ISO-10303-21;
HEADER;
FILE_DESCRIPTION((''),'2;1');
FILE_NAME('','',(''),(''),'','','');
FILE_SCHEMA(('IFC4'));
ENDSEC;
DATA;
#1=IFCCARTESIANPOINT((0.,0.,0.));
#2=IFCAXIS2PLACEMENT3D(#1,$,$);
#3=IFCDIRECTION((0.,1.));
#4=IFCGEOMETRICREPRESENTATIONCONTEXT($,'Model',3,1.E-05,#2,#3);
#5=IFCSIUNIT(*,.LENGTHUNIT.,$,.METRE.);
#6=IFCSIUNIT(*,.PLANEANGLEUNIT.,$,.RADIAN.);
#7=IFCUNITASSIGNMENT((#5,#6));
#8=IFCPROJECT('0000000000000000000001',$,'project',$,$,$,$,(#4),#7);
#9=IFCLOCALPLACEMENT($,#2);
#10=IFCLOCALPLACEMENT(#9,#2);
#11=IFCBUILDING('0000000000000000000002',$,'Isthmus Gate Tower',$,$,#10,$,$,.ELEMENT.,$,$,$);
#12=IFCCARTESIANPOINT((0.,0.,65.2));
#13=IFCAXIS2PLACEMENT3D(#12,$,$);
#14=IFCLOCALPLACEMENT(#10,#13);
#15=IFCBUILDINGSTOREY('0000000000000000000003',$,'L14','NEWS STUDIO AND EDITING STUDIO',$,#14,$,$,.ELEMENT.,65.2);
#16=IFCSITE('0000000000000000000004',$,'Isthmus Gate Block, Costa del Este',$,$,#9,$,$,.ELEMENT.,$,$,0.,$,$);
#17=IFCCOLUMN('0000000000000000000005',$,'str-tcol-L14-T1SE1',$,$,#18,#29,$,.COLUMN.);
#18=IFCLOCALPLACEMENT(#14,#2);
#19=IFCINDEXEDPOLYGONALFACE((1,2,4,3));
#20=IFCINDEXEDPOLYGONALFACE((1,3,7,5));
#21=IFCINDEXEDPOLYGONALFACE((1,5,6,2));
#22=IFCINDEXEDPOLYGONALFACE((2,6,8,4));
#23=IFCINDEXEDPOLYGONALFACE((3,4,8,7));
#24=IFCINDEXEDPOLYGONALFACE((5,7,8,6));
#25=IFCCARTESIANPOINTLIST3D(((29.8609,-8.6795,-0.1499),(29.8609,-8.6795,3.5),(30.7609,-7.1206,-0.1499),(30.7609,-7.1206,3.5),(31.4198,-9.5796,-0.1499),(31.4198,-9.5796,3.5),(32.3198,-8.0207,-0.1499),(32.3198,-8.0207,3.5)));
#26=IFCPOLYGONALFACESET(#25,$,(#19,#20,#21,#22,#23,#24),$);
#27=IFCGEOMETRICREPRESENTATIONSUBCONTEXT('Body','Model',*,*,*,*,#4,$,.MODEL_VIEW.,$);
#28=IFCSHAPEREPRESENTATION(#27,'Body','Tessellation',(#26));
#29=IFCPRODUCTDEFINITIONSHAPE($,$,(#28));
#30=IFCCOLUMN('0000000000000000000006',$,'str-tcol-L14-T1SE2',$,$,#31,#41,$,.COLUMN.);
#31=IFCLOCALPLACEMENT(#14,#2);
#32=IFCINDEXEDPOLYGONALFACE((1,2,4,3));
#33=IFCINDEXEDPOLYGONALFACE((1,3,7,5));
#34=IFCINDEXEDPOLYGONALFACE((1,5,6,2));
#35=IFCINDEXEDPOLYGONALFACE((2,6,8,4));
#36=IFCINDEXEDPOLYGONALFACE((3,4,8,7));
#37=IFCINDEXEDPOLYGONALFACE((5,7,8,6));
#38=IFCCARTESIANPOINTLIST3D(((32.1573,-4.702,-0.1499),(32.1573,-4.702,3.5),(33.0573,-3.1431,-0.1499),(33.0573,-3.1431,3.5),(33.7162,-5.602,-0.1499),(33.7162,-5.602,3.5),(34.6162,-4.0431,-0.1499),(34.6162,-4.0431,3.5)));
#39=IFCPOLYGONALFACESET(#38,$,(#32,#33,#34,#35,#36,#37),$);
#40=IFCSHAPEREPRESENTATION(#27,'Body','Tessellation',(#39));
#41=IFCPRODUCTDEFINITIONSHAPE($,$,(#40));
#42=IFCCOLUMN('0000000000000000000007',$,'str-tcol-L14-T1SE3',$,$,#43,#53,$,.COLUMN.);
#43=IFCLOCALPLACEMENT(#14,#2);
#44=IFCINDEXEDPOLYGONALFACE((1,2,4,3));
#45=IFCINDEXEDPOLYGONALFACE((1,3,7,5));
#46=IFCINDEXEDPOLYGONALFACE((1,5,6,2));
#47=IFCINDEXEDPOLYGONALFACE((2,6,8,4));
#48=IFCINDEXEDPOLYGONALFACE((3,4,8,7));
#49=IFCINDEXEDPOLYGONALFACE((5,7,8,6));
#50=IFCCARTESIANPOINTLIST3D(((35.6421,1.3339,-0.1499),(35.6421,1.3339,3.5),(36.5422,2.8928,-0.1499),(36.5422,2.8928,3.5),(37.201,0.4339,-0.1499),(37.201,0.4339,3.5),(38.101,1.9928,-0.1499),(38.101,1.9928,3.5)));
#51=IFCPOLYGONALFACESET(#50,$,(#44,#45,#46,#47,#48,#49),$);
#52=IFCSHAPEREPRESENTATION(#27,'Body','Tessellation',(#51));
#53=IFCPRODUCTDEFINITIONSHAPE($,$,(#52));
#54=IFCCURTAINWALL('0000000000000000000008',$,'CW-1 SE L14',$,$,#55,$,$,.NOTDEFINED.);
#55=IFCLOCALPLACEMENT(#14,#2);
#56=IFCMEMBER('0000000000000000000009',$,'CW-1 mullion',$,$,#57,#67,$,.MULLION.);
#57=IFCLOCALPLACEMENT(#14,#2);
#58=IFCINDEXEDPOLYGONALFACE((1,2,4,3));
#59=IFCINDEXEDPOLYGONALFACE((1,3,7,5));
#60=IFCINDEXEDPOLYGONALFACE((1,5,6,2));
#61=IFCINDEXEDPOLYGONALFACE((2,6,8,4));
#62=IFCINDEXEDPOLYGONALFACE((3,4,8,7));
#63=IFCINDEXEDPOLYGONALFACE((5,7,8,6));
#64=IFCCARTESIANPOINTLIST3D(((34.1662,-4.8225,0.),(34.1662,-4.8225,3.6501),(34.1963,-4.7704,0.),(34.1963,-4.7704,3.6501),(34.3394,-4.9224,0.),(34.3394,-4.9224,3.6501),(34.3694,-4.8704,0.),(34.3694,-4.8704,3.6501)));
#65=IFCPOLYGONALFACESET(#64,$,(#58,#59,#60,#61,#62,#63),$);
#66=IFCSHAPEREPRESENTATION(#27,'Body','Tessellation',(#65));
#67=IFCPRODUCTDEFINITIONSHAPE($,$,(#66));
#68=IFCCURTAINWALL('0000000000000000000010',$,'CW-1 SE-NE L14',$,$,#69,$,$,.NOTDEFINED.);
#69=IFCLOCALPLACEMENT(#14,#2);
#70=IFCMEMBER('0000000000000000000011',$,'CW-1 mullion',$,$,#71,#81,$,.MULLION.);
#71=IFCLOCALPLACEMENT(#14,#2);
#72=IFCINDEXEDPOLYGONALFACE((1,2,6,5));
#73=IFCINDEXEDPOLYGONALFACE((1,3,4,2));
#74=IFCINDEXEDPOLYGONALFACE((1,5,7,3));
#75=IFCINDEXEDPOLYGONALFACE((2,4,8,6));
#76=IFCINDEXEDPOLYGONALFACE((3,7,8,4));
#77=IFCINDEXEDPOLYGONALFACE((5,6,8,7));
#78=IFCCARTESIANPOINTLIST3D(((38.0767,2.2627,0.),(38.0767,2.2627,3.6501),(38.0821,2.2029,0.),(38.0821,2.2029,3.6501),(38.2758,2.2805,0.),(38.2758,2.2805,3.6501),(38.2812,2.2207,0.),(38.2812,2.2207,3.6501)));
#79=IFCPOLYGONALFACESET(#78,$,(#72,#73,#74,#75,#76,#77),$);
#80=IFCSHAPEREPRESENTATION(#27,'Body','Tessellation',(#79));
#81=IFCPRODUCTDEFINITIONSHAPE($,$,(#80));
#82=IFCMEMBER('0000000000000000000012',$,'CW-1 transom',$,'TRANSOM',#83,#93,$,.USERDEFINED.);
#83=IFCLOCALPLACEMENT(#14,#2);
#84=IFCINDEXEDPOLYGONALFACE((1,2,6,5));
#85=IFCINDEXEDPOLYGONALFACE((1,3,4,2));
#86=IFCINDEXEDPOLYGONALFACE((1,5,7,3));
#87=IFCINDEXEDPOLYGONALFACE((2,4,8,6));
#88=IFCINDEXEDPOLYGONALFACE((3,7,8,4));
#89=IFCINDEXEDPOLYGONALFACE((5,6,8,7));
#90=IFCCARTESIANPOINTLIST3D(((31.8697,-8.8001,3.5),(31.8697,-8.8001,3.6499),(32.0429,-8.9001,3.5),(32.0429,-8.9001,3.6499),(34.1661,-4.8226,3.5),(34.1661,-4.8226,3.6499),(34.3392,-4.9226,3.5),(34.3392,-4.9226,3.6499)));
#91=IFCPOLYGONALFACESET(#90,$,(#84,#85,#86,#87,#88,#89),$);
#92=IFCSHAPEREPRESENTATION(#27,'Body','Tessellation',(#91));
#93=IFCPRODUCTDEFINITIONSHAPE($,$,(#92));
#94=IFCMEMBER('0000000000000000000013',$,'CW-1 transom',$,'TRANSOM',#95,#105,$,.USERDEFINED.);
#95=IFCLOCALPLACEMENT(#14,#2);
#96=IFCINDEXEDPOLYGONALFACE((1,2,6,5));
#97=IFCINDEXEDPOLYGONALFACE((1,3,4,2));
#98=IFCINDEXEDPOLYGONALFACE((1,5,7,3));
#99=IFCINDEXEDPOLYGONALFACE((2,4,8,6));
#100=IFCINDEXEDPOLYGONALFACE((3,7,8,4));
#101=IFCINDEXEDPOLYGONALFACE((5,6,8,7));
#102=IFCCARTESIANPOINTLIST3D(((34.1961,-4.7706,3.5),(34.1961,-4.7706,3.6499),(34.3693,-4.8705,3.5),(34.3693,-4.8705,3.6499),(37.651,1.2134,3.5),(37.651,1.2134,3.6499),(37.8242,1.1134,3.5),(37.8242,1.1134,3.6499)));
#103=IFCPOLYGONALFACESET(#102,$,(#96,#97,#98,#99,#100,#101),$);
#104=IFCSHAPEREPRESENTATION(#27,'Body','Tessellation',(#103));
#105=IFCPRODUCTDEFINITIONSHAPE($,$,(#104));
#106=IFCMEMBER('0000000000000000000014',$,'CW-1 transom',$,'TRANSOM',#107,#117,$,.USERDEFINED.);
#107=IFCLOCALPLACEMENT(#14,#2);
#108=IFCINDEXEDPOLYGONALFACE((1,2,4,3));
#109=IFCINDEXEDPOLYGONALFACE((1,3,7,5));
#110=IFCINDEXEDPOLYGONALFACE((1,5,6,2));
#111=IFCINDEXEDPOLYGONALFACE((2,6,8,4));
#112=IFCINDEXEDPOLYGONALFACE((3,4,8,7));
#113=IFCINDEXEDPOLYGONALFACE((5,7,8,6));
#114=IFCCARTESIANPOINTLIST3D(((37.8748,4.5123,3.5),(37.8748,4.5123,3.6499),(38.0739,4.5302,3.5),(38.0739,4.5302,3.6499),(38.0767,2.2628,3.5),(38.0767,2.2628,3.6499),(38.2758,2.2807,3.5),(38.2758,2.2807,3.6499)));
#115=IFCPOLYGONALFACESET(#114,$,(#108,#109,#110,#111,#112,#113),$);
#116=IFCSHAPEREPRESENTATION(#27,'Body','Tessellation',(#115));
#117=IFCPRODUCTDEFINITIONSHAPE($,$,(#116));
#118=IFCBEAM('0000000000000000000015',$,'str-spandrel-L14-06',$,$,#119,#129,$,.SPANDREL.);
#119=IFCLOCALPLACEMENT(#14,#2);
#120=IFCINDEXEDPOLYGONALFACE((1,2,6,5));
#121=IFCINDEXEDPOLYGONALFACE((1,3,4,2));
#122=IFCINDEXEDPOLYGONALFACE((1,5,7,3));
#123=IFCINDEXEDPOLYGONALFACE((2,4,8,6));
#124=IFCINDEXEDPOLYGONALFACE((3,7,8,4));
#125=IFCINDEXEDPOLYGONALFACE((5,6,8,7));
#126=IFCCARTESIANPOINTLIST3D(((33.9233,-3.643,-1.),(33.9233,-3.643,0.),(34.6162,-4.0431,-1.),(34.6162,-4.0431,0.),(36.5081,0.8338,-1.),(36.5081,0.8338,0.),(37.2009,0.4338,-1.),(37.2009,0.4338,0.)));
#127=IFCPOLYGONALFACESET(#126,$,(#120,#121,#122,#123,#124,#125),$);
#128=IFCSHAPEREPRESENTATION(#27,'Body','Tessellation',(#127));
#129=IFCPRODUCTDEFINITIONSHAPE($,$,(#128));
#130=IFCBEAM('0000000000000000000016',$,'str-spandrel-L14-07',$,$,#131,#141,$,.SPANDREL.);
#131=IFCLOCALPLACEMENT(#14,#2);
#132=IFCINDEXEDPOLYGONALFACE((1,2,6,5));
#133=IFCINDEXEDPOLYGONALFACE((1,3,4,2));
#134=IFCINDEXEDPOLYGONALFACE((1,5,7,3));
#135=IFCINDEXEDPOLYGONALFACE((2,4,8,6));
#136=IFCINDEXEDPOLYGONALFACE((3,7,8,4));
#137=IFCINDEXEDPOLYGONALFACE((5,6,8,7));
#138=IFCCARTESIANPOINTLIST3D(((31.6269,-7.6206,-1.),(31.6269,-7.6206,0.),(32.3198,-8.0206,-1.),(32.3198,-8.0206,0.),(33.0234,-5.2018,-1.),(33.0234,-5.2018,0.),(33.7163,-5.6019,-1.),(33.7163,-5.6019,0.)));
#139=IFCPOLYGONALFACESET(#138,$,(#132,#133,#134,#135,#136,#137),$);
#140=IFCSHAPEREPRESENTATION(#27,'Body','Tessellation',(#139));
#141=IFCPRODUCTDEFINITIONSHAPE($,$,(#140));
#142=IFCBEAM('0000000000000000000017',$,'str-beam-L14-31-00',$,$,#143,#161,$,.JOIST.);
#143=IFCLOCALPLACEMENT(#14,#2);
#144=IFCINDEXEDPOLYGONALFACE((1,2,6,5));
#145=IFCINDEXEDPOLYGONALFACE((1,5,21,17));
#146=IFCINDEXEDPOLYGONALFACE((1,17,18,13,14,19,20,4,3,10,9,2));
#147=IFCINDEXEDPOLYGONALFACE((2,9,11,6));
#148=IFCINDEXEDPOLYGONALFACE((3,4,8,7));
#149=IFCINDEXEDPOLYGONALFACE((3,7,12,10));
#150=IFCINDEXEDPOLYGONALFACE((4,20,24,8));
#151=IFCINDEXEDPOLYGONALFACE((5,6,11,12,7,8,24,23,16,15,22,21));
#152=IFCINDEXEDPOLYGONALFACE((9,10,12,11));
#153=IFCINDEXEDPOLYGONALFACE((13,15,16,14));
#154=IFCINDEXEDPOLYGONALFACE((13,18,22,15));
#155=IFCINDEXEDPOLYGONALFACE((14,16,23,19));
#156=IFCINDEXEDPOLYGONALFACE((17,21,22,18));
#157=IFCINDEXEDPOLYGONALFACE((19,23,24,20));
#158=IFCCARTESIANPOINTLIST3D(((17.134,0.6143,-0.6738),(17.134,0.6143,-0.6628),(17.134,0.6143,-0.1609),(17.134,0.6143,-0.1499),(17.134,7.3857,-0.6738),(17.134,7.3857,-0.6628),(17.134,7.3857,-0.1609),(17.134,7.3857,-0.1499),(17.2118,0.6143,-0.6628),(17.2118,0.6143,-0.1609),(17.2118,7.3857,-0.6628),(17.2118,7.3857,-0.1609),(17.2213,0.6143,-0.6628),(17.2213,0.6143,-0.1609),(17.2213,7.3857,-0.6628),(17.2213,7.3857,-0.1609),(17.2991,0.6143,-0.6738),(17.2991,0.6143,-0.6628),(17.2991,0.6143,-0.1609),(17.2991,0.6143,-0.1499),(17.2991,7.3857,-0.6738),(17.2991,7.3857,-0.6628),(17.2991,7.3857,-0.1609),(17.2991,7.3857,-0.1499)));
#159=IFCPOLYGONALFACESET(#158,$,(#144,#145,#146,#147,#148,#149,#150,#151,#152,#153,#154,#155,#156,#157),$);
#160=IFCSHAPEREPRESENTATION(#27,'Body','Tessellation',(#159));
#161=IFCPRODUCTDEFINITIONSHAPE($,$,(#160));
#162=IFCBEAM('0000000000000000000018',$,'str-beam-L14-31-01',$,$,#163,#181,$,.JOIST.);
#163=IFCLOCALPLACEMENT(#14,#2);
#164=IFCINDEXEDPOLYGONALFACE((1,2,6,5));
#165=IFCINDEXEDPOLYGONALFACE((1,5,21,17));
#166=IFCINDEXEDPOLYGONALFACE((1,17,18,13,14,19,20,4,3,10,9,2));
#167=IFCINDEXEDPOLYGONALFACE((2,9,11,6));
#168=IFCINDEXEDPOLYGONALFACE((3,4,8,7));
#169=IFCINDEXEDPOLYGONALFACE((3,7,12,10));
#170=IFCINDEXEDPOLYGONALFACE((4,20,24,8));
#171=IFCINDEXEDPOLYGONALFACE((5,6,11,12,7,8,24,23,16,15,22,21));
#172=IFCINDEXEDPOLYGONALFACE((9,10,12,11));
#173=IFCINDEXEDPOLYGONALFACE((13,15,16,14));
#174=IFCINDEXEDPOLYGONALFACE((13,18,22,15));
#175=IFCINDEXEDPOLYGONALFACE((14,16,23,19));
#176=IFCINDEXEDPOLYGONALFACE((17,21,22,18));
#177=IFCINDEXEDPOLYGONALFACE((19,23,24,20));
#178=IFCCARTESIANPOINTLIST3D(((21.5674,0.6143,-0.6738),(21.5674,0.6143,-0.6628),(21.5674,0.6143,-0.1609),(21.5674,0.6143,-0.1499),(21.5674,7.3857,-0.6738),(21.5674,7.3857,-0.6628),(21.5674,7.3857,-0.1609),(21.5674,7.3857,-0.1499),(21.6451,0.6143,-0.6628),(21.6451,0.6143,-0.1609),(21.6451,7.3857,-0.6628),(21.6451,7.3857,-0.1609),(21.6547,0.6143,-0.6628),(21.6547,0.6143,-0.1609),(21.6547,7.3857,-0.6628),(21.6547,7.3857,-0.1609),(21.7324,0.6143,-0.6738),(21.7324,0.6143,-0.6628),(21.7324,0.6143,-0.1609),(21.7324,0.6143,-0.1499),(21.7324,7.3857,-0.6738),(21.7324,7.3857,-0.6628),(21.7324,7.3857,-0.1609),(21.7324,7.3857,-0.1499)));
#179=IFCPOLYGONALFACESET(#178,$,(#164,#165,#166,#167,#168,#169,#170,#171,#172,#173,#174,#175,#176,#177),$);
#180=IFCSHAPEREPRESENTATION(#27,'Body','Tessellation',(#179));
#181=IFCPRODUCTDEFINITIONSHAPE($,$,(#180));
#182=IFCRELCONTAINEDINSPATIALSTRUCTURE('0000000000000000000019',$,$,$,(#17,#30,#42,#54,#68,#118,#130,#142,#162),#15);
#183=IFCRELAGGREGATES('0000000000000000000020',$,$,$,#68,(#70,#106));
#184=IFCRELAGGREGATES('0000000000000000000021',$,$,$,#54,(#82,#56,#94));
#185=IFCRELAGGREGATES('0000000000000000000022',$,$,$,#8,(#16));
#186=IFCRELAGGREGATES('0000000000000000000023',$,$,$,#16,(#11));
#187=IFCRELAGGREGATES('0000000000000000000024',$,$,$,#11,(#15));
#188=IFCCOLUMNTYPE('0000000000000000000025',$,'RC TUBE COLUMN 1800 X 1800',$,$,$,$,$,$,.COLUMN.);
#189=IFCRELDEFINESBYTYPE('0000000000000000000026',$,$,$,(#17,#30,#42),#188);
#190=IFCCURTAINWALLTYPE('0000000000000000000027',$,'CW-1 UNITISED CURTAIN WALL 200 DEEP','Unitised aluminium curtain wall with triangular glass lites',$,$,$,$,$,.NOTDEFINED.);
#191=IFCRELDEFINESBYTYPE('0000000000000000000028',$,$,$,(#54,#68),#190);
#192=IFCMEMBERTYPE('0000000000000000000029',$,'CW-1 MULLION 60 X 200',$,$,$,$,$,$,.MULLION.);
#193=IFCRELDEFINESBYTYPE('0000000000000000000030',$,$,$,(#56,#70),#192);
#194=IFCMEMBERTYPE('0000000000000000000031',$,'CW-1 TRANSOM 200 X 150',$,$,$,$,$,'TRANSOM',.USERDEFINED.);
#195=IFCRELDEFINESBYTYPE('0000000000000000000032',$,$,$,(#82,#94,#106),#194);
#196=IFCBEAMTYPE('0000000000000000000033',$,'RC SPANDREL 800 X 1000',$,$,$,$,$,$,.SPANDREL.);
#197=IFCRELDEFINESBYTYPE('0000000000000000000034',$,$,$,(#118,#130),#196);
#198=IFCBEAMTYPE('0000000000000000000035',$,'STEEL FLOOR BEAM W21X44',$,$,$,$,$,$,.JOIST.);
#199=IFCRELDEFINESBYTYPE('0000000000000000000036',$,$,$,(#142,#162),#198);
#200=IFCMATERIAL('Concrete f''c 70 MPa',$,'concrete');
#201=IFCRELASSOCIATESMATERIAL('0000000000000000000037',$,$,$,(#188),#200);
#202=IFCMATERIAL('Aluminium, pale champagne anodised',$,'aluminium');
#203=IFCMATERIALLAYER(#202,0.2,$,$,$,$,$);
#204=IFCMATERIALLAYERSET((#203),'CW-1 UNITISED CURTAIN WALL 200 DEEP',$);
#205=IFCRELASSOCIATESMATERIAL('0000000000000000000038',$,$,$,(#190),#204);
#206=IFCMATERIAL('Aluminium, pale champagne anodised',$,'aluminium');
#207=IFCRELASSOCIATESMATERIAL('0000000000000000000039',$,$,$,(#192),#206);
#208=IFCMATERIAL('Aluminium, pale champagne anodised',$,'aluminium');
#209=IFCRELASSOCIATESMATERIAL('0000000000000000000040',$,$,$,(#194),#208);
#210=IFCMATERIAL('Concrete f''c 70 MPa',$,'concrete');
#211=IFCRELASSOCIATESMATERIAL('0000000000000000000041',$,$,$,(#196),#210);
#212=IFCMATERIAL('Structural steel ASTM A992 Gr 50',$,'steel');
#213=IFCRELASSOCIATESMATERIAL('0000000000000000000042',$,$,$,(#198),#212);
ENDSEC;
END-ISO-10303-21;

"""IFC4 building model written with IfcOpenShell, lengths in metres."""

from ifc_helpers import new_model, si_unit, direction, frame, origin, origin_2d, place, context, subcontext, project, spatial, rectangle, i_section, extrude, material, layer, layer_set, material_profile, profile_set, type_object, element, aggregate, save


model = new_model("IFC4")

# Units and contexts
model_context = context("Model", 3, precision=1e-05, world=origin(), true_north=direction((0.0, 1.0)))
body_context = subcontext(model_context, "Body", "Model", "MODEL_VIEW")
ifc_project = project(units=[si_unit("LENGTHUNIT", "METRE"), si_unit("PLANEANGLEUNIT", "RADIAN")], contexts=[model_context])

# Site, building, storey
site_placement = place(None, origin())
site = spatial("IfcSite", under=ifc_project, at=site_placement, Name="Isthmus Gate Block, Costa del Este", CompositionType="ELEMENT", RefElevation=0.0)
building_placement = place(site_placement, origin())
building = spatial("IfcBuilding", under=site, at=building_placement, Name="Isthmus Gate Tower", CompositionType="ELEMENT")
storey_placement = place(building_placement, frame((0.0, 0.0, 65.2)))
storey = spatial("IfcBuildingStorey", under=building, at=storey_placement, Name="L14", Description="NEWS STUDIO AND EDITING STUDIO", CompositionType="ELEMENT", Elevation=65.2)

# Columns
ifc_material_1 = material(Name="Concrete f'c 70 MPa", Category="concrete")
ifc_material_profile_1 = material_profile(ifc_material_1, rectangle(XDim=1.8, YDim=1.8, at=origin_2d()), Name="RC 1800X1800")
ifc_profile_set_1 = profile_set([ifc_material_profile_1], Name="Concrete f'c 70 MPa")
column_type = type_object("IfcColumnType", Name="RC TUBE COLUMN 1800 X 1800", PredefinedType="COLUMN", material=ifc_profile_set_1)
for number, where, z_axis, x_axis, name in (
    (1, (31.0903, -8.3501, -0.1499), (0.0, 0.0, 1.0), (0.5, 0.866025, 0.0), "str-tcol-L14-T1SE1"),
    (2, (33.3867, -4.3726, -0.1499), (0.0, 0.0, 1.0), (0.5, 0.866025, 0.0), "str-tcol-L14-T1SE2"),
    (3, (36.8716, 1.6633, -0.1499), (0.0, 0.0, 1.0), (0.5, 0.866025, 0.0), "str-tcol-L14-T1SE3"),
):
    element("IfcColumn", number, at=place(storey_placement, frame(where, z_axis=z_axis, x_axis=x_axis)), inside=storey, type_object=column_type, Name=name, PredefinedType="COLUMN", context=body_context, shape_type="SweptSolid", body=[
        extrude(rectangle(XDim=1.8, YDim=1.8, at=origin_2d()), origin(), (0.0, 0.0, 1.0), 3.6499),
    ])

# Curtain walls, members
ifc_material_2 = material(Name="Aluminium, pale champagne anodised", Category="aluminium")
ifc_layer_1 = layer(ifc_material_2, 0.2)
ifc_layer_set_1 = layer_set([ifc_layer_1], Name="CW-1 UNITISED CURTAIN WALL 200 DEEP")
curtain_wall_type = type_object("IfcCurtainWallType", Name="CW-1 UNITISED CURTAIN WALL 200 DEEP", Description="Unitised aluminium curtain wall with triangular glass lites", PredefinedType="NOTDEFINED", material=ifc_layer_set_1)
curtain_wall_1_placement = place(storey_placement, origin())
curtain_wall_1 = element("IfcCurtainWall", 4, at=curtain_wall_1_placement, inside=storey, type_object=curtain_wall_type, Name="CW-1 SE L14", PredefinedType="NOTDEFINED")
ifc_material_3 = material(Name="Aluminium, pale champagne anodised", Category="aluminium")
ifc_material_profile_2 = material_profile(ifc_material_3, rectangle(XDim=0.0601, YDim=0.2, at=origin_2d()), Name="60x200")
ifc_profile_set_2 = profile_set([ifc_material_profile_2], Name="Aluminium, pale champagne anodised")
member_type_1 = type_object("IfcMemberType", Name="CW-1 MULLION 60 X 200", PredefinedType="MULLION", material=ifc_profile_set_2)
member_1_placement = place(storey_placement, frame((34.2678, -4.8464, 0.0), z_axis=(0.0, 0.0, 1.0), x_axis=(0.5, 0.866025, 0.0)))
member_1 = element("IfcMember", 5, at=member_1_placement, type_object=member_type_1, Name="CW-1 mullion", PredefinedType="MULLION", context=body_context, shape_type="SweptSolid", body=[
    extrude(rectangle(XDim=0.0601, YDim=0.2, at=origin_2d()), origin(), (0.0, 0.0, 1.0), 3.6501),
])
curtain_wall_2_placement = place(storey_placement, origin())
curtain_wall_2 = element("IfcCurtainWall", 6, at=curtain_wall_2_placement, inside=storey, type_object=curtain_wall_type, Name="CW-1 SE-NE L14", PredefinedType="NOTDEFINED")
member_2_placement = place(storey_placement, frame((38.179, 2.2417, 0.0), z_axis=(0.0, 0.0, 1.0), x_axis=(-0.089397, 0.995996, 0.0)))
member_2 = element("IfcMember", 7, at=member_2_placement, type_object=member_type_1, Name="CW-1 mullion", PredefinedType="MULLION", context=body_context, shape_type="SweptSolid", body=[
    extrude(rectangle(XDim=0.0601, YDim=0.2, at=origin_2d()), origin(), (0.0, 0.0, 1.0), 3.6501),
])

# Members
ifc_material_4 = material(Name="Aluminium, pale champagne anodised", Category="aluminium")
ifc_material_profile_3 = material_profile(ifc_material_4, rectangle(XDim=0.2, YDim=0.1499, at=origin_2d()), Name="200x150")
ifc_profile_set_3 = profile_set([ifc_material_profile_3], Name="Aluminium, pale champagne anodised")
member_type_2 = type_object("IfcMemberType", Name="CW-1 TRANSOM 200 X 150", ElementType="TRANSOM", PredefinedType="USERDEFINED", material=ifc_profile_set_3)
member_3_placement = place(storey_placement, frame((31.9563, -8.8501, 3.575), z_axis=(0.499992, 0.86603, 0.0), x_axis=(-0.86603, 0.499992, 0.0)))
member_3 = element("IfcMember", 8, at=member_3_placement, type_object=member_type_2, Name="CW-1 transom", ObjectType="TRANSOM", PredefinedType="USERDEFINED", context=body_context, shape_type="SweptSolid", body=[
    extrude(rectangle(XDim=0.2, YDim=0.1499, at=origin_2d()), origin(), (0.0, 0.0, 1.0), 4.5928),
])
member_4_placement = place(storey_placement, frame((34.2827, -4.8206, 3.575), z_axis=(0.500004, 0.866023, 0.0), x_axis=(-0.866023, 0.500004, 0.0)))
member_4 = element("IfcMember", 9, at=member_4_placement, type_object=member_type_2, Name="CW-1 transom", ObjectType="TRANSOM", PredefinedType="USERDEFINED", context=body_context, shape_type="SweptSolid", body=[
    extrude(rectangle(XDim=0.2, YDim=0.1499, at=origin_2d()), origin(), (0.0, 0.0, 1.0), 6.9097),
])
member_5_placement = place(storey_placement, frame((38.1763, 2.2717, 3.575), z_axis=(-0.089395, 0.995996, 0.0), x_axis=(-0.995996, -0.089395, 0.0)))
member_5 = element("IfcMember", 10, at=member_5_placement, type_object=member_type_2, Name="CW-1 transom", ObjectType="TRANSOM", PredefinedType="USERDEFINED", context=body_context, shape_type="SweptSolid", body=[
    extrude(rectangle(XDim=0.2, YDim=0.1499, at=origin_2d()), origin(), (0.0, 0.0, 1.0), 2.2585),
])
aggregate(curtain_wall_2, [member_2, member_5])

# Beams
ifc_material_5 = material(Name="Concrete f'c 70 MPa", Category="concrete")
ifc_material_profile_4 = material_profile(ifc_material_5, rectangle(XDim=0.8, YDim=1.0, at=origin_2d()), Name="RC 800X1000")
ifc_profile_set_4 = profile_set([ifc_material_profile_4], Name="Concrete f'c 70 MPa")
beam_type_1 = type_object("IfcBeamType", Name="RC SPANDREL 800 X 1000", PredefinedType="SPANDREL", material=ifc_profile_set_4)
beam_1_placement = place(storey_placement, frame((36.8545, 0.6338, -0.5), z_axis=(-0.500005, -0.866023, 0.0), x_axis=(0.866023, -0.500005, 0.0)))
element("IfcBeam", 11, at=beam_1_placement, inside=storey, type_object=beam_type_1, Name="str-spandrel-L14-06", PredefinedType="SPANDREL", context=body_context, shape_type="SweptSolid", body=[
    extrude(rectangle(XDim=0.8, YDim=1.0, at=origin_2d()), origin(), (0.0, 0.0, 1.0), 5.1694),
])
beam_2_placement = place(storey_placement, frame((33.3699, -5.4019, -0.5), z_axis=(-0.500013, -0.866018, 0.0), x_axis=(0.866018, -0.500013, 0.0)))
element("IfcBeam", 12, at=beam_2_placement, inside=storey, type_object=beam_type_1, Name="str-spandrel-L14-07", PredefinedType="SPANDREL", context=body_context, shape_type="SweptSolid", body=[
    extrude(rectangle(XDim=0.8, YDim=1.0, at=origin_2d()), origin(), (0.0, 0.0, 1.0), 2.793),
])
ifc_material_6 = material(Name="Structural steel ASTM A992 Gr 50", Category="steel")
ifc_material_profile_5 = material_profile(ifc_material_6, i_section(OverallWidth=0.165, OverallDepth=0.5239, WebThickness=0.0095, FlangeThickness=0.011, at=origin_2d()), Name="W21X44")
ifc_profile_set_5 = profile_set([ifc_material_profile_5], Name="Structural steel ASTM A992 Gr 50")
beam_type_2 = type_object("IfcBeamType", Name="STEEL FLOOR BEAM W21X44", PredefinedType="JOIST", material=ifc_profile_set_5)
for number, where, z_axis, x_axis, name in (
    (13, (17.2166, 0.6143, -0.4119), (0.0, 1.0, 0.0), (-1.0, 0.0, 0.0), "str-beam-L14-31-00"),
    (14, (21.6499, 0.6143, -0.4119), (0.0, 1.0, 0.0), (-1.0, 0.0, 0.0), "str-beam-L14-31-01"),
):
    element("IfcBeam", number, at=place(storey_placement, frame(where, z_axis=z_axis, x_axis=x_axis)), inside=storey, type_object=beam_type_2, Name=name, PredefinedType="JOIST", context=body_context, shape_type="SweptSolid", body=[
        extrude(i_section(OverallWidth=0.165, OverallDepth=0.5239, WebThickness=0.0095, FlangeThickness=0.011, at=origin_2d()), origin(), (0.0, 0.0, 1.0), 6.7715),
    ])

aggregate(curtain_wall_1, [member_3, member_1, member_4])

save(model, "model.ifc")
